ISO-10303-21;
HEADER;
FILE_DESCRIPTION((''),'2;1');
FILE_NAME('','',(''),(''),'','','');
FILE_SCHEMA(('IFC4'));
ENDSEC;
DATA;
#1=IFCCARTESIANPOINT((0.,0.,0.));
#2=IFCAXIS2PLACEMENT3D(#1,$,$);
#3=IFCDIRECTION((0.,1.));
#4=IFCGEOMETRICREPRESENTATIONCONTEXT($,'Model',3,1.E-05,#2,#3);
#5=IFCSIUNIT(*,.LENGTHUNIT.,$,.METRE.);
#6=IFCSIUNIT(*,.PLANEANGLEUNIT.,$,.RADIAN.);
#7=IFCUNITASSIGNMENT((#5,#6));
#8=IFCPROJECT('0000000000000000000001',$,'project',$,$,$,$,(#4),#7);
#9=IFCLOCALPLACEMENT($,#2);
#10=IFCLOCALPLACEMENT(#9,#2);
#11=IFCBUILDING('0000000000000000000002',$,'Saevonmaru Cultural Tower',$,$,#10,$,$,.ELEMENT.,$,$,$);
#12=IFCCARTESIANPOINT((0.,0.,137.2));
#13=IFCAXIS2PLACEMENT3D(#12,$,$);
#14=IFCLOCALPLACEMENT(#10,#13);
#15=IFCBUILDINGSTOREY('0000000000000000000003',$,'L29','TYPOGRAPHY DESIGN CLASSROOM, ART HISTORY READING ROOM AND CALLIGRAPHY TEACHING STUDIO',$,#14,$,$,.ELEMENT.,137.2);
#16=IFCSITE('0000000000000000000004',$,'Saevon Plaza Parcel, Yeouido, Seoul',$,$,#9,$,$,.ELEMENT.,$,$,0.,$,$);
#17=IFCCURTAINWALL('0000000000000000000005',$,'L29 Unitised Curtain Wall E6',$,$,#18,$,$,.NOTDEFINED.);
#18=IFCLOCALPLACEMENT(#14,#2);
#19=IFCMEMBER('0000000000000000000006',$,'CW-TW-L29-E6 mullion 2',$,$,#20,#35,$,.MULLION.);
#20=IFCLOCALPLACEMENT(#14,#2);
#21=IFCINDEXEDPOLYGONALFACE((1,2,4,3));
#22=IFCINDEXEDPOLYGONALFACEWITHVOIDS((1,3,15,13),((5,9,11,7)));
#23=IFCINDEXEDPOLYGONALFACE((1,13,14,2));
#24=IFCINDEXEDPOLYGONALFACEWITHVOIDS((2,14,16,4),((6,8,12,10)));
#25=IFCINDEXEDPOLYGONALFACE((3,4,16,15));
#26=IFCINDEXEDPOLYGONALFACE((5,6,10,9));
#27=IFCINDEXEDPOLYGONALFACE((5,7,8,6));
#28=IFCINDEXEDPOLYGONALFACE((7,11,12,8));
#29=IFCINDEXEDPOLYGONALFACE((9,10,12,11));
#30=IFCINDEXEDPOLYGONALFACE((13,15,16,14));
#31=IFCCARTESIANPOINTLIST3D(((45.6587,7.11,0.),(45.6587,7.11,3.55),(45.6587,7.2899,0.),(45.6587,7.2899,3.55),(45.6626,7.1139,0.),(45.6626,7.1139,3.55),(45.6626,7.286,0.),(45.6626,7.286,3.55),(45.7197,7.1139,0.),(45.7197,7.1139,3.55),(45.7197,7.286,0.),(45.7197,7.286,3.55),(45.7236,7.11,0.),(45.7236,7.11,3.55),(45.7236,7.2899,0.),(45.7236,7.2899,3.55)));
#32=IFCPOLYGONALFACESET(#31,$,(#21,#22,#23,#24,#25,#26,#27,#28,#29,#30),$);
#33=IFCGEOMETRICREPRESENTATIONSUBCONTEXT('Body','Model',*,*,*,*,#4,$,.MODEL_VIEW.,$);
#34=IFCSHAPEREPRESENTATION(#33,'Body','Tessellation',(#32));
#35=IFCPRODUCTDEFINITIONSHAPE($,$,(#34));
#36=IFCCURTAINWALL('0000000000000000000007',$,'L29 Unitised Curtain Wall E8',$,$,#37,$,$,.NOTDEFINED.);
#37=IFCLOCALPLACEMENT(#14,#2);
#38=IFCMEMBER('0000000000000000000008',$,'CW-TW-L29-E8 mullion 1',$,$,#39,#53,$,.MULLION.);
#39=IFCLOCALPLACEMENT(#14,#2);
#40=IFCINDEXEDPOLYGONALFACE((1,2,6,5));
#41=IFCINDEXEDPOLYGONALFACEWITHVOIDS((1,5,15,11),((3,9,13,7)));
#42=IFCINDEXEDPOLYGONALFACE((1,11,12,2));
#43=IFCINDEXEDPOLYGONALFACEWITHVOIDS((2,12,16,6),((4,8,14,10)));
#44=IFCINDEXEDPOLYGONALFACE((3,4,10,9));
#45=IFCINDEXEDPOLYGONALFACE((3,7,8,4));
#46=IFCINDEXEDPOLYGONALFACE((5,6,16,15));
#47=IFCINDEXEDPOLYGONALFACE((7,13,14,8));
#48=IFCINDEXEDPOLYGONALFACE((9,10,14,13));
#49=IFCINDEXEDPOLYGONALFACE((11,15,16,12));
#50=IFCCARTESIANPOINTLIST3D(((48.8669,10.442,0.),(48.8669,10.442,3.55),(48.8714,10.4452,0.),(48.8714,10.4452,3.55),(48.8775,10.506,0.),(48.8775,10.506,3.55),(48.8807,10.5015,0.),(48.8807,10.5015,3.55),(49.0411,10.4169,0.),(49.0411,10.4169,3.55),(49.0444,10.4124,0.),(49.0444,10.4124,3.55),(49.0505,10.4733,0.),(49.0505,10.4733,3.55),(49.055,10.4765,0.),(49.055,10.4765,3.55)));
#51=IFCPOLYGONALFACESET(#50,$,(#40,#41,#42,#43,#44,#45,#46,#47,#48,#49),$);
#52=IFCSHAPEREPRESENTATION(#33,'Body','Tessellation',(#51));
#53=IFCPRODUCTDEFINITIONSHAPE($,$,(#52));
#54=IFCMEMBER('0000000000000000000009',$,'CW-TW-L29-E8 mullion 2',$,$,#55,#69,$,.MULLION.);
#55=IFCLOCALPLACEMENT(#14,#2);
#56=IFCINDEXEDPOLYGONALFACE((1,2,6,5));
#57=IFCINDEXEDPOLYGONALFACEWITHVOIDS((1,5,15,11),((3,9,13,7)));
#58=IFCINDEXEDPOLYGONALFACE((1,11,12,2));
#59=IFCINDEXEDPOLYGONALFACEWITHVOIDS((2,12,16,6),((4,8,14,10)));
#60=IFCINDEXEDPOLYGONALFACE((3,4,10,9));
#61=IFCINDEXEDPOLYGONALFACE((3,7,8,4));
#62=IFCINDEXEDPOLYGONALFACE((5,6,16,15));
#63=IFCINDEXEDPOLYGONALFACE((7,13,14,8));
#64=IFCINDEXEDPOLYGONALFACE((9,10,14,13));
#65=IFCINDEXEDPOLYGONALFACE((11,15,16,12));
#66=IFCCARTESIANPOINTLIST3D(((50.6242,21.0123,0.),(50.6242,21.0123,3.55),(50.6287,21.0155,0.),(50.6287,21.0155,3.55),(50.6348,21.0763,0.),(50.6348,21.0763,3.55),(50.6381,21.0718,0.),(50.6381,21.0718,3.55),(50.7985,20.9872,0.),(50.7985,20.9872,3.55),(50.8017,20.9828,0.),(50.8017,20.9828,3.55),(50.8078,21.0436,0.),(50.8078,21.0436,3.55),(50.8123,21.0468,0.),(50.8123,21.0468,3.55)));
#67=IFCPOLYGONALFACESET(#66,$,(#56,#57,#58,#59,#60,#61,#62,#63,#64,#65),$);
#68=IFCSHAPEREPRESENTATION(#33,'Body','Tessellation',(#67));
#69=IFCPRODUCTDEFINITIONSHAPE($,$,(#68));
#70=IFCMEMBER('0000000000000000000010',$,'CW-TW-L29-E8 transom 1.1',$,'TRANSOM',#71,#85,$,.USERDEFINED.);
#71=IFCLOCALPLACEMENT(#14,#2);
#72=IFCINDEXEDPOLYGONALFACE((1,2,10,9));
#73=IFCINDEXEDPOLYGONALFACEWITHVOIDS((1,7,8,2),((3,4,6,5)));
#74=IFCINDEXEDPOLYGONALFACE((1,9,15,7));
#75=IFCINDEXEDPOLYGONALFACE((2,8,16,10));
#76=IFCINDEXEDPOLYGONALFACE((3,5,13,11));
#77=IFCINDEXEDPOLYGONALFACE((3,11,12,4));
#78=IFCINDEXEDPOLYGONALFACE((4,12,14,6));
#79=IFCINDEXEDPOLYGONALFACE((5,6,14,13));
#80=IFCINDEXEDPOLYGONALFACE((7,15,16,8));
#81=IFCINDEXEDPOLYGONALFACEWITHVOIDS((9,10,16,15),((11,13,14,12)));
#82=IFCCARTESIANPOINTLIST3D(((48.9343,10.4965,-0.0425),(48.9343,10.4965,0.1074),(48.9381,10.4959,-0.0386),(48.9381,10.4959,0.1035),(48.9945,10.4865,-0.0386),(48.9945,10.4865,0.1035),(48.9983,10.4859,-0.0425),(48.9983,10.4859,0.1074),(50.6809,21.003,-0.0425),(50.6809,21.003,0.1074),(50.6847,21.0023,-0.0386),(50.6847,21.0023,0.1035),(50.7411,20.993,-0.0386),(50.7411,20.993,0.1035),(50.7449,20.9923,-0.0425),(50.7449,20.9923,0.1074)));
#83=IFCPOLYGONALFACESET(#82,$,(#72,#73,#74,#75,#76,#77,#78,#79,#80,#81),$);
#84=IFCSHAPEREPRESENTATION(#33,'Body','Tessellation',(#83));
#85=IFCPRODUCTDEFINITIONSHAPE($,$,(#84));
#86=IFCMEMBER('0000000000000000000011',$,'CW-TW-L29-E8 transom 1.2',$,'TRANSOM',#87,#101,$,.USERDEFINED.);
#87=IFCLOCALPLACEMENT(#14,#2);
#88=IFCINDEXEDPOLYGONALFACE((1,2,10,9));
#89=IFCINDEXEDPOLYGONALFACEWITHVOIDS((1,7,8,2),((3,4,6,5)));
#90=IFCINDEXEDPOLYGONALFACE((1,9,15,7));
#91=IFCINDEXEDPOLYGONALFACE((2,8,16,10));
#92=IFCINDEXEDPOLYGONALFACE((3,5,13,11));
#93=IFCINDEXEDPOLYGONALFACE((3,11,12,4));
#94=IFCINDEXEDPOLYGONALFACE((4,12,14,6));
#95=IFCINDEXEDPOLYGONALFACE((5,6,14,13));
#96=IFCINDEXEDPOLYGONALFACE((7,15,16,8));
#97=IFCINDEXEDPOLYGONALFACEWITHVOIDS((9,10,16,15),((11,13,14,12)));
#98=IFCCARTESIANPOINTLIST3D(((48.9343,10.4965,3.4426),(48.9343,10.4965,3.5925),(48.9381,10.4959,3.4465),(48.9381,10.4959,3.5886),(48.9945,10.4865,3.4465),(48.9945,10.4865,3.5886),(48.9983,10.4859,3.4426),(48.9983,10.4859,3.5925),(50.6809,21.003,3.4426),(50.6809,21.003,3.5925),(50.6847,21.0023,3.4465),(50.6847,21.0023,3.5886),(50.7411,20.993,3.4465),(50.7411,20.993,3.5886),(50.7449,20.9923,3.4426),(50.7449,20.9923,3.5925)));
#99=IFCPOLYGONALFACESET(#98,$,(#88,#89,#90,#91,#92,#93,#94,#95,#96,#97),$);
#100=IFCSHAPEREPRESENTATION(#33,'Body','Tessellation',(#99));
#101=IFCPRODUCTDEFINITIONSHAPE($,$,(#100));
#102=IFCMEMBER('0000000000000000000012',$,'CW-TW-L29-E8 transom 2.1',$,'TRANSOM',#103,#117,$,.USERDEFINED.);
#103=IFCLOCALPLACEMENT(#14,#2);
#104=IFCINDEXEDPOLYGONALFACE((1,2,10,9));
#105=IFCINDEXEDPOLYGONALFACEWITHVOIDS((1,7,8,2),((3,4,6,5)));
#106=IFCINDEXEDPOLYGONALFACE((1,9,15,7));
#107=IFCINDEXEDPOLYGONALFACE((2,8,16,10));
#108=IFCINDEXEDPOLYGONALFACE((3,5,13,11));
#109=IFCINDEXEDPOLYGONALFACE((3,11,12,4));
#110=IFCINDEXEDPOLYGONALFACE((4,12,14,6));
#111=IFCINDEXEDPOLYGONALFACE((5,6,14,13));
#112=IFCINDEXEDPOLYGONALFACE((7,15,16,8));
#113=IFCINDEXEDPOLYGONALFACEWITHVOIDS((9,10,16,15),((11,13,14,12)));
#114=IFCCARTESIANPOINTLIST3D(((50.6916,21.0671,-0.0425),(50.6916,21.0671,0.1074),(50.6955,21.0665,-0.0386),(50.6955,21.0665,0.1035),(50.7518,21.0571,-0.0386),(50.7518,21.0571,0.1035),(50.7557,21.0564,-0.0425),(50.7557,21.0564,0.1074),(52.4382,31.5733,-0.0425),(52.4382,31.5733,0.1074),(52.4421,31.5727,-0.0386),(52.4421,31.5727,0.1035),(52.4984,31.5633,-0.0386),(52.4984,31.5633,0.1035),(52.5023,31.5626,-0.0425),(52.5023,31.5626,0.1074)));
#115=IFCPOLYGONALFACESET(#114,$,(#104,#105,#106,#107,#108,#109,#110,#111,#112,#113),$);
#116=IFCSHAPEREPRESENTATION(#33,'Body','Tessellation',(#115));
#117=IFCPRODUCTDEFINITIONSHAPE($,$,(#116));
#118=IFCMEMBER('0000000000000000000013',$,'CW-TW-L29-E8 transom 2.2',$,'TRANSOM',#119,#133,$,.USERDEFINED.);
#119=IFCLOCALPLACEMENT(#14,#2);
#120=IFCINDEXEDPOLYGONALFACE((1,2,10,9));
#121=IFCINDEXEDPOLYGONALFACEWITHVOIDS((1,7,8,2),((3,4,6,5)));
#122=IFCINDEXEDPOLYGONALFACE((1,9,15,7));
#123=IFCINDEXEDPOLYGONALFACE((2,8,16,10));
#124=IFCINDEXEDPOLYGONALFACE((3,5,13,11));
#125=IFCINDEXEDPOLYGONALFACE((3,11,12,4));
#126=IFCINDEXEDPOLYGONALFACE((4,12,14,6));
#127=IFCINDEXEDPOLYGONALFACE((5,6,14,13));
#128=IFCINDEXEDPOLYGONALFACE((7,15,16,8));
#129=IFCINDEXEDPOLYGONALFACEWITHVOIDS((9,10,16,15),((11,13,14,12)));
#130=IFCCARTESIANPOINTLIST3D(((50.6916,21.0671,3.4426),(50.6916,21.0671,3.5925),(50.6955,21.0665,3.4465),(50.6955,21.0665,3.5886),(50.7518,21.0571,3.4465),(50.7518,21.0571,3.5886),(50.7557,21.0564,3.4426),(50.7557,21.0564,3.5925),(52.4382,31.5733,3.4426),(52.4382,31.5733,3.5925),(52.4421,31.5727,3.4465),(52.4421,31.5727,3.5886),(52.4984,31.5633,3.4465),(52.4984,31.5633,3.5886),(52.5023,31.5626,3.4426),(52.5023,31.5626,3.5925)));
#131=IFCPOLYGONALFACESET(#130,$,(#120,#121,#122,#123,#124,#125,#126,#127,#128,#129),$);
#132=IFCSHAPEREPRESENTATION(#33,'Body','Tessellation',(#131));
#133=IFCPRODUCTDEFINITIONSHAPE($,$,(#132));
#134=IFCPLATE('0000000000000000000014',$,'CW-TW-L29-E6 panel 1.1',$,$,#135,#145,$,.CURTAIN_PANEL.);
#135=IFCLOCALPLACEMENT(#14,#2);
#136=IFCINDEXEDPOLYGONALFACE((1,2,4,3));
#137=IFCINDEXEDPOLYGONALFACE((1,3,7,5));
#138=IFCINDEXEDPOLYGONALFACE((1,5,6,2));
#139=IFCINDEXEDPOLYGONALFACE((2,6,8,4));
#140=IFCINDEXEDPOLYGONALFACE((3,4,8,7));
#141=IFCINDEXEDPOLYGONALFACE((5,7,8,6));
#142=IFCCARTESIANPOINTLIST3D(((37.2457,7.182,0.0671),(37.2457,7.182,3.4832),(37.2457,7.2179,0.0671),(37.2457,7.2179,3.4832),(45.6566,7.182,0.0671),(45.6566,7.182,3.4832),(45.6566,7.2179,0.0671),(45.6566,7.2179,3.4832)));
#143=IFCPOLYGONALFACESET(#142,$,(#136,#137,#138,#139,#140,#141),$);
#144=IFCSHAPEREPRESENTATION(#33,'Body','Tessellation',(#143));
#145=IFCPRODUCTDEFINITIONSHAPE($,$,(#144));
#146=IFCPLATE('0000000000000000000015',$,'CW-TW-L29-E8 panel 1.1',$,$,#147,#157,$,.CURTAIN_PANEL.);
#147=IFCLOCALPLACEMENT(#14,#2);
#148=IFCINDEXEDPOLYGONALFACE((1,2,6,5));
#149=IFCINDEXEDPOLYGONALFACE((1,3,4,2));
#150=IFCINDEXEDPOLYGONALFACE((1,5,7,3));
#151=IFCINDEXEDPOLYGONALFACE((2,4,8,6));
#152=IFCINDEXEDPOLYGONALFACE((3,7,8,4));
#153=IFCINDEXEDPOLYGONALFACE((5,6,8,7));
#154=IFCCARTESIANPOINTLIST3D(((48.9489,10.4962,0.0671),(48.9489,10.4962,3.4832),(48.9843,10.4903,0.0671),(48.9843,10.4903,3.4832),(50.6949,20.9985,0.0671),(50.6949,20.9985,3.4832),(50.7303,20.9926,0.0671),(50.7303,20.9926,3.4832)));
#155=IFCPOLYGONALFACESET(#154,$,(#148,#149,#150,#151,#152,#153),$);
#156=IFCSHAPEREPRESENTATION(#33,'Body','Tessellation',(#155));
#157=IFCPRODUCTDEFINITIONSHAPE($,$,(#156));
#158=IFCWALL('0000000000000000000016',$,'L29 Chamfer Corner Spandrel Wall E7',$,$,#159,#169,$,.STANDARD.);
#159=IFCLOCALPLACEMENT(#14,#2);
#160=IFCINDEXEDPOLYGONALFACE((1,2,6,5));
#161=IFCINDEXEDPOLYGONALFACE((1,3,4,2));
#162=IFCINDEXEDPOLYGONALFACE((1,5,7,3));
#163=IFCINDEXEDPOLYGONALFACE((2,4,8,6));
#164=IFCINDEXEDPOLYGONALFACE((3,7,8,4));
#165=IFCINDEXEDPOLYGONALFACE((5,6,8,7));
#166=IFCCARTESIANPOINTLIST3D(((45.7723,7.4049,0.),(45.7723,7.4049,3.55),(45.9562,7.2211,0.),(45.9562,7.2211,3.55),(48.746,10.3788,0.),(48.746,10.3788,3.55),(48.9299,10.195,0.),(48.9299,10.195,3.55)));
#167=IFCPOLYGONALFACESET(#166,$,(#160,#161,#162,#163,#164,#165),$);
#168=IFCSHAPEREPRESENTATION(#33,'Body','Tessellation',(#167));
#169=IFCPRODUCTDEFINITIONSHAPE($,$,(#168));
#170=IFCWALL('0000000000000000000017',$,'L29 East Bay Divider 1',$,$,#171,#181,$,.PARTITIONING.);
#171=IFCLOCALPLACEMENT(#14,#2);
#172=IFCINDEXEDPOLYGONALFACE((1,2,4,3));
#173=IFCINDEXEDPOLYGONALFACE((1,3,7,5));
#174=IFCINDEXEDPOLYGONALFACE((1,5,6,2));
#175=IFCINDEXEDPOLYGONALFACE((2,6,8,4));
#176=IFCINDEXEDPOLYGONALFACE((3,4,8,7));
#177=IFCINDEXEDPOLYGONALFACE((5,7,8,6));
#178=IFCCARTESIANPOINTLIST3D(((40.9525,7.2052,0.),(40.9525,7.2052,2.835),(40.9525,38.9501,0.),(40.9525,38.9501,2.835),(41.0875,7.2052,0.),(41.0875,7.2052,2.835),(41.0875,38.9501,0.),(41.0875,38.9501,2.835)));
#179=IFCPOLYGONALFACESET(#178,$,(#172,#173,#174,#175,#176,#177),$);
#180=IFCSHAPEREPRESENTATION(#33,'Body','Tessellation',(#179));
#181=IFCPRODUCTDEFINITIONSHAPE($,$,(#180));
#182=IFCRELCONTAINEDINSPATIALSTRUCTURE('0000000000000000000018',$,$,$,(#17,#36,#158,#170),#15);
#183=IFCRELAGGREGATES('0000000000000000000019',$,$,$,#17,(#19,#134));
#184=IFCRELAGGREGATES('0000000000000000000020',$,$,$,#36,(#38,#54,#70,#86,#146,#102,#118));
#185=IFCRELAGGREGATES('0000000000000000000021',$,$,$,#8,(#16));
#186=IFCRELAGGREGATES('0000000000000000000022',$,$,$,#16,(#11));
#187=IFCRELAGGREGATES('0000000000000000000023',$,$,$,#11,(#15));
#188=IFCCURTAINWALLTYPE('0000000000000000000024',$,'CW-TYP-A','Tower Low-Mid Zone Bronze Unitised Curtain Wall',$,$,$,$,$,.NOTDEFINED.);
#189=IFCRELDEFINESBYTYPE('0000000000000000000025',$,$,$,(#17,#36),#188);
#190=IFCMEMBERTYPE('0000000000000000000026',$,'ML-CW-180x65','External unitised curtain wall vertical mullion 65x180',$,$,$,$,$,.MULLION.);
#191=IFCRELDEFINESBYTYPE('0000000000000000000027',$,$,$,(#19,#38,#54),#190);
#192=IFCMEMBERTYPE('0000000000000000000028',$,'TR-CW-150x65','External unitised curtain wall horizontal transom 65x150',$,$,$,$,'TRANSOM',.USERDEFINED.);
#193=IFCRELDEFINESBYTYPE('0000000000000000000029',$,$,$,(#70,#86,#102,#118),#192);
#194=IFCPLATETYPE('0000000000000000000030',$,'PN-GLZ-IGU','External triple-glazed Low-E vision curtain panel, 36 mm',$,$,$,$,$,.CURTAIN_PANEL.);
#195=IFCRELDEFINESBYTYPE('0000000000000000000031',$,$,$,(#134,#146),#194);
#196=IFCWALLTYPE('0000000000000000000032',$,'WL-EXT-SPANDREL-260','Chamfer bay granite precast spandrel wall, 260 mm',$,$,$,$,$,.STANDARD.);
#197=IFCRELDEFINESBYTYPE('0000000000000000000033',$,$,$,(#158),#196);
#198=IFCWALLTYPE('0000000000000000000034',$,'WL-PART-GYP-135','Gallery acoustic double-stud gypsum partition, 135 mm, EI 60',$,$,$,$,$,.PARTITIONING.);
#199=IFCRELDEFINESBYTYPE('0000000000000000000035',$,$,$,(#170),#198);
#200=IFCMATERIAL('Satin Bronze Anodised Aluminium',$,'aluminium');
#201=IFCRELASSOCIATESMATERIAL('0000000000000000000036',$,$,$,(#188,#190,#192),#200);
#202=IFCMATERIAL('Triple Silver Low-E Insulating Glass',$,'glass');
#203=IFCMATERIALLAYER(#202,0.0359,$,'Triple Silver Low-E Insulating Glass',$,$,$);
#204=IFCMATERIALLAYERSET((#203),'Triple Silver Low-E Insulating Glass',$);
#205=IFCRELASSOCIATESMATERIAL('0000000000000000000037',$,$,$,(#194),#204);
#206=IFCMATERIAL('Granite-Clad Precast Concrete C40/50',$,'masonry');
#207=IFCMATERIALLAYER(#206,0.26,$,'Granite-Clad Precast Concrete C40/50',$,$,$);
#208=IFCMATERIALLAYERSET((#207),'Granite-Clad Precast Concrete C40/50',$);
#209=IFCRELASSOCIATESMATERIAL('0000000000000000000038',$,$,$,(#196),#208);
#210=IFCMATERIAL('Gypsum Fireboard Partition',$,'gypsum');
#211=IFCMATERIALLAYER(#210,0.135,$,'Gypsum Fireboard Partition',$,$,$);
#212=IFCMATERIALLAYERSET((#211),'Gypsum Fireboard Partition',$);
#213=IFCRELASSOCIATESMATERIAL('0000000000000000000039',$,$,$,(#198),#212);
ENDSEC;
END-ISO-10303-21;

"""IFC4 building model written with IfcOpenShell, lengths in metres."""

from ifc_helpers import new_model, si_unit, direction, frame, frame_2d, origin, origin_2d, place, context, subcontext, project, spatial, rectangle, hollow_rectangle, extrude, material, layer, layer_set, material_profile, profile_set, type_object, element, aggregate, save


model = new_model("IFC4")

# Units and contexts
model_context = context("Model", 3, precision=1e-05, world=origin(), true_north=direction((0.0, 1.0)))
body_context = subcontext(model_context, "Body", "Model", "MODEL_VIEW")
ifc_project = project(units=[si_unit("LENGTHUNIT", "METRE"), si_unit("PLANEANGLEUNIT", "RADIAN")], contexts=[model_context])

# Site, building, storey
site_placement = place(None, origin())
site = spatial("IfcSite", under=ifc_project, at=site_placement, Name="Saevon Plaza Parcel, Yeouido, Seoul", CompositionType="ELEMENT", RefElevation=0.0)
building_placement = place(site_placement, origin())
building = spatial("IfcBuilding", under=site, at=building_placement, Name="Saevonmaru Cultural Tower", CompositionType="ELEMENT")
storey_placement = place(building_placement, frame((0.0, 0.0, 137.2)))
storey = spatial("IfcBuildingStorey", under=building, at=storey_placement, Name="L29", Description="TYPOGRAPHY DESIGN CLASSROOM, ART HISTORY READING ROOM AND CALLIGRAPHY TEACHING STUDIO", CompositionType="ELEMENT", Elevation=137.2)

# Curtain wall, member
ifc_material_1 = material(Name="Satin Bronze Anodised Aluminium", Category="aluminium")
curtain_wall_type = type_object("IfcCurtainWallType", Name="CW-TYP-A", Description="Tower Low-Mid Zone Bronze Unitised Curtain Wall", PredefinedType="NOTDEFINED", material=ifc_material_1)
curtain_wall_1_placement = place(storey_placement, origin())
curtain_wall_1 = element("IfcCurtainWall", 1, at=curtain_wall_1_placement, inside=storey, type_object=curtain_wall_type, Name="L29 Unitised Curtain Wall E6", PredefinedType="NOTDEFINED")
ifc_material_profile_1 = material_profile(ifc_material_1, hollow_rectangle(XDim=0.0649, YDim=0.1799, WallThickness=0.0039, at=origin_2d()), Name="ALU-MULL-180x65x4")
ifc_profile_set_1 = profile_set([ifc_material_profile_1], Name="Satin Bronze Anodised Aluminium")
member_type_1 = type_object("IfcMemberType", Name="ML-CW-180x65", Description="External unitised curtain wall vertical mullion 65x180", PredefinedType="MULLION", material=ifc_profile_set_1)
member_1_placement = place(storey_placement, frame((45.6912, 7.2, 0.0), z_axis=(0.0, 0.0, 1.0), x_axis=(1.0, 0.0, 0.0)))
member_1 = element("IfcMember", 2, at=member_1_placement, type_object=member_type_1, Name="CW-TW-L29-E6 mullion 2", PredefinedType="MULLION", context=body_context, shape_type="SweptSolid", body=[
    extrude(hollow_rectangle(XDim=0.0649, YDim=0.1799, WallThickness=0.0039, at=origin_2d()), origin(), (0.0, 0.0, 1.0), 3.55),
])

# Curtain wall, members
curtain_wall_2_placement = place(storey_placement, origin())
curtain_wall_2 = element("IfcCurtainWall", 3, at=curtain_wall_2_placement, inside=storey, type_object=curtain_wall_type, Name="L29 Unitised Curtain Wall E8", PredefinedType="NOTDEFINED")
member_2_placement = place(storey_placement, frame((48.9609, 10.4592, 0.0), z_axis=(0.0, 0.0, 1.0), x_axis=(0.163999, 0.986461, 0.0)))
member_2 = element("IfcMember", 4, at=member_2_placement, type_object=member_type_1, Name="CW-TW-L29-E8 mullion 1", PredefinedType="MULLION", context=body_context, shape_type="SweptSolid", body=[
    extrude(hollow_rectangle(XDim=0.0649, YDim=0.1799, WallThickness=0.0039, at=origin_2d()), origin(), (0.0, 0.0, 1.0), 3.55),
])
member_3_placement = place(storey_placement, frame((50.7183, 21.0295, 0.0), z_axis=(0.0, 0.0, 1.0), x_axis=(0.163999, 0.986461, 0.0)))
member_3 = element("IfcMember", 5, at=member_3_placement, type_object=member_type_1, Name="CW-TW-L29-E8 mullion 2", PredefinedType="MULLION", context=body_context, shape_type="SweptSolid", body=[
    extrude(hollow_rectangle(XDim=0.0649, YDim=0.1799, WallThickness=0.0039, at=origin_2d()), origin(), (0.0, 0.0, 1.0), 3.55),
])
ifc_material_profile_2 = material_profile(ifc_material_1, hollow_rectangle(XDim=0.0649, YDim=0.1499, WallThickness=0.0039, at=origin_2d()), Name="ALU-TRAN-150x65x4")
ifc_profile_set_2 = profile_set([ifc_material_profile_2], Name="Satin Bronze Anodised Aluminium")
member_type_2 = type_object("IfcMemberType", Name="TR-CW-150x65", Description="External unitised curtain wall horizontal transom 65x150", ElementType="TRANSOM", PredefinedType="USERDEFINED", material=ifc_profile_set_2)
member_4_placement = place(storey_placement, frame((48.9663, 10.4912, 0.0325), z_axis=(0.16399, 0.986462, 0.0), x_axis=(-0.986462, 0.16399, 0.0)))
member_4 = element("IfcMember", 6, at=member_4_placement, type_object=member_type_2, Name="CW-TW-L29-E8 transom 1.1", ObjectType="TRANSOM", PredefinedType="USERDEFINED", context=body_context, shape_type="SweptSolid", body=[
    extrude(hollow_rectangle(XDim=0.0649, YDim=0.1499, WallThickness=0.0039, at=origin_2d()), origin(), (0.0, 0.0, 1.0), 10.6506),
])
member_5_placement = place(storey_placement, frame((48.9663, 10.4912, 3.5176), z_axis=(0.16399, 0.986462, 0.0), x_axis=(-0.986462, 0.16399, 0.0)))
member_5 = element("IfcMember", 7, at=member_5_placement, type_object=member_type_2, Name="CW-TW-L29-E8 transom 1.2", ObjectType="TRANSOM", PredefinedType="USERDEFINED", context=body_context, shape_type="SweptSolid", body=[
    extrude(hollow_rectangle(XDim=0.0649, YDim=0.1499, WallThickness=0.0039, at=origin_2d()), origin(), (0.0, 0.0, 1.0), 10.6506),
])
member_6_placement = place(storey_placement, frame((50.7236, 21.0618, 0.0325), z_axis=(0.163994, 0.986461, 0.0), x_axis=(-0.986461, 0.163994, 0.0)))
member_6 = element("IfcMember", 8, at=member_6_placement, type_object=member_type_2, Name="CW-TW-L29-E8 transom 2.1", ObjectType="TRANSOM", PredefinedType="USERDEFINED", context=body_context, shape_type="SweptSolid", body=[
    extrude(hollow_rectangle(XDim=0.0649, YDim=0.1499, WallThickness=0.0039, at=origin_2d()), origin(), (0.0, 0.0, 1.0), 10.6504),
])
member_7_placement = place(storey_placement, frame((50.7236, 21.0618, 3.5176), z_axis=(0.163994, 0.986461, 0.0), x_axis=(-0.986461, 0.163994, 0.0)))
member_7 = element("IfcMember", 9, at=member_7_placement, type_object=member_type_2, Name="CW-TW-L29-E8 transom 2.2", ObjectType="TRANSOM", PredefinedType="USERDEFINED", context=body_context, shape_type="SweptSolid", body=[
    extrude(hollow_rectangle(XDim=0.0649, YDim=0.1499, WallThickness=0.0039, at=origin_2d()), origin(), (0.0, 0.0, 1.0), 10.6504),
])

# Plates
ifc_material_2 = material(Name="Triple Silver Low-E Insulating Glass", Category="glass")
ifc_layer_1 = layer(ifc_material_2, 0.0359, Name="Triple Silver Low-E Insulating Glass")
ifc_layer_set_1 = layer_set([ifc_layer_1], Name="Triple Silver Low-E Insulating Glass")
plate_type = type_object("IfcPlateType", Name="PN-GLZ-IGU", Description="External triple-glazed Low-E vision curtain panel, 36 mm", PredefinedType="CURTAIN_PANEL", material=ifc_layer_set_1)
plate_1_placement = place(storey_placement, frame((41.4512, 7.2, 0.0671), z_axis=(0.0, 0.0, 1.0), x_axis=(1.0, 0.0, 0.0)))
plate_1 = element("IfcPlate", 10, at=plate_1_placement, type_object=plate_type, Name="CW-TW-L29-E6 panel 1.1", PredefinedType="CURTAIN_PANEL", context=body_context, shape_type="SweptSolid", body=[
    extrude(rectangle(XDim=8.4109, YDim=0.0359, at=origin_2d()), origin(), (0.0, 0.0, 1.0), 3.416),
])
aggregate(curtain_wall_1, [member_1, plate_1])
plate_2_placement = place(storey_placement, frame((49.8396, 15.7444, 0.0671), z_axis=(0.0, 0.0, 1.0), x_axis=(0.163999, 0.986461, 0.0)))
plate_2 = element("IfcPlate", 11, at=plate_2_placement, type_object=plate_type, Name="CW-TW-L29-E8 panel 1.1", PredefinedType="CURTAIN_PANEL", context=body_context, shape_type="SweptSolid", body=[
    extrude(rectangle(XDim=10.6465, YDim=0.0359, at=origin_2d()), origin(), (0.0, 0.0, 1.0), 3.416),
])
aggregate(curtain_wall_2, [member_2, member_3, member_4, member_5, plate_2, member_6, member_7])

# Walls
ifc_material_3 = material(Name="Granite-Clad Precast Concrete C40/50", Category="masonry")
ifc_layer_2 = layer(ifc_material_3, 0.26, Name="Granite-Clad Precast Concrete C40/50")
ifc_layer_set_2 = layer_set([ifc_layer_2], Name="Granite-Clad Precast Concrete C40/50")
wall_type_1 = type_object("IfcWallType", Name="WL-EXT-SPANDREL-260", Description="Chamfer bay granite precast spandrel wall, 260 mm", PredefinedType="STANDARD", material=ifc_layer_set_2)
wall_1_placement = place(storey_placement, frame((45.8643, 7.313, 0.0), z_axis=(0.0, 0.0, 1.0), x_axis=(0.707078, 0.707136, 0.0)))
element("IfcWall", 12, at=wall_1_placement, inside=storey, type_object=wall_type_1, Name="L29 Chamfer Corner Spandrel Wall E7", PredefinedType="STANDARD", context=body_context, shape_type="SweptSolid", body=[
    extrude(rectangle(XDim=4.2056, YDim=0.26, at=frame_2d((2.1028, 0.0))), origin(), (0.0, 0.0, 1.0), 3.55),
])
ifc_material_4 = material(Name="Gypsum Fireboard Partition", Category="gypsum")
ifc_layer_3 = layer(ifc_material_4, 0.135, Name="Gypsum Fireboard Partition")
ifc_layer_set_3 = layer_set([ifc_layer_3], Name="Gypsum Fireboard Partition")
wall_type_2 = type_object("IfcWallType", Name="WL-PART-GYP-135", Description="Gallery acoustic double-stud gypsum partition, 135 mm, EI 60", PredefinedType="PARTITIONING", material=ifc_layer_set_3)
wall_2_placement = place(storey_placement, frame((41.02, 7.2051, 0.0), z_axis=(0.0, 0.0, 1.0), x_axis=(0.0, 1.0, 0.0)))
element("IfcWall", 13, at=wall_2_placement, inside=storey, type_object=wall_type_2, Name="L29 East Bay Divider 1", PredefinedType="PARTITIONING", context=body_context, shape_type="SweptSolid", body=[
    extrude(rectangle(XDim=31.7449, YDim=0.135, at=frame_2d((15.8726, 0.0))), origin(), (0.0, 0.0, 1.0), 2.835),
])

save(model, "model.ifc")
